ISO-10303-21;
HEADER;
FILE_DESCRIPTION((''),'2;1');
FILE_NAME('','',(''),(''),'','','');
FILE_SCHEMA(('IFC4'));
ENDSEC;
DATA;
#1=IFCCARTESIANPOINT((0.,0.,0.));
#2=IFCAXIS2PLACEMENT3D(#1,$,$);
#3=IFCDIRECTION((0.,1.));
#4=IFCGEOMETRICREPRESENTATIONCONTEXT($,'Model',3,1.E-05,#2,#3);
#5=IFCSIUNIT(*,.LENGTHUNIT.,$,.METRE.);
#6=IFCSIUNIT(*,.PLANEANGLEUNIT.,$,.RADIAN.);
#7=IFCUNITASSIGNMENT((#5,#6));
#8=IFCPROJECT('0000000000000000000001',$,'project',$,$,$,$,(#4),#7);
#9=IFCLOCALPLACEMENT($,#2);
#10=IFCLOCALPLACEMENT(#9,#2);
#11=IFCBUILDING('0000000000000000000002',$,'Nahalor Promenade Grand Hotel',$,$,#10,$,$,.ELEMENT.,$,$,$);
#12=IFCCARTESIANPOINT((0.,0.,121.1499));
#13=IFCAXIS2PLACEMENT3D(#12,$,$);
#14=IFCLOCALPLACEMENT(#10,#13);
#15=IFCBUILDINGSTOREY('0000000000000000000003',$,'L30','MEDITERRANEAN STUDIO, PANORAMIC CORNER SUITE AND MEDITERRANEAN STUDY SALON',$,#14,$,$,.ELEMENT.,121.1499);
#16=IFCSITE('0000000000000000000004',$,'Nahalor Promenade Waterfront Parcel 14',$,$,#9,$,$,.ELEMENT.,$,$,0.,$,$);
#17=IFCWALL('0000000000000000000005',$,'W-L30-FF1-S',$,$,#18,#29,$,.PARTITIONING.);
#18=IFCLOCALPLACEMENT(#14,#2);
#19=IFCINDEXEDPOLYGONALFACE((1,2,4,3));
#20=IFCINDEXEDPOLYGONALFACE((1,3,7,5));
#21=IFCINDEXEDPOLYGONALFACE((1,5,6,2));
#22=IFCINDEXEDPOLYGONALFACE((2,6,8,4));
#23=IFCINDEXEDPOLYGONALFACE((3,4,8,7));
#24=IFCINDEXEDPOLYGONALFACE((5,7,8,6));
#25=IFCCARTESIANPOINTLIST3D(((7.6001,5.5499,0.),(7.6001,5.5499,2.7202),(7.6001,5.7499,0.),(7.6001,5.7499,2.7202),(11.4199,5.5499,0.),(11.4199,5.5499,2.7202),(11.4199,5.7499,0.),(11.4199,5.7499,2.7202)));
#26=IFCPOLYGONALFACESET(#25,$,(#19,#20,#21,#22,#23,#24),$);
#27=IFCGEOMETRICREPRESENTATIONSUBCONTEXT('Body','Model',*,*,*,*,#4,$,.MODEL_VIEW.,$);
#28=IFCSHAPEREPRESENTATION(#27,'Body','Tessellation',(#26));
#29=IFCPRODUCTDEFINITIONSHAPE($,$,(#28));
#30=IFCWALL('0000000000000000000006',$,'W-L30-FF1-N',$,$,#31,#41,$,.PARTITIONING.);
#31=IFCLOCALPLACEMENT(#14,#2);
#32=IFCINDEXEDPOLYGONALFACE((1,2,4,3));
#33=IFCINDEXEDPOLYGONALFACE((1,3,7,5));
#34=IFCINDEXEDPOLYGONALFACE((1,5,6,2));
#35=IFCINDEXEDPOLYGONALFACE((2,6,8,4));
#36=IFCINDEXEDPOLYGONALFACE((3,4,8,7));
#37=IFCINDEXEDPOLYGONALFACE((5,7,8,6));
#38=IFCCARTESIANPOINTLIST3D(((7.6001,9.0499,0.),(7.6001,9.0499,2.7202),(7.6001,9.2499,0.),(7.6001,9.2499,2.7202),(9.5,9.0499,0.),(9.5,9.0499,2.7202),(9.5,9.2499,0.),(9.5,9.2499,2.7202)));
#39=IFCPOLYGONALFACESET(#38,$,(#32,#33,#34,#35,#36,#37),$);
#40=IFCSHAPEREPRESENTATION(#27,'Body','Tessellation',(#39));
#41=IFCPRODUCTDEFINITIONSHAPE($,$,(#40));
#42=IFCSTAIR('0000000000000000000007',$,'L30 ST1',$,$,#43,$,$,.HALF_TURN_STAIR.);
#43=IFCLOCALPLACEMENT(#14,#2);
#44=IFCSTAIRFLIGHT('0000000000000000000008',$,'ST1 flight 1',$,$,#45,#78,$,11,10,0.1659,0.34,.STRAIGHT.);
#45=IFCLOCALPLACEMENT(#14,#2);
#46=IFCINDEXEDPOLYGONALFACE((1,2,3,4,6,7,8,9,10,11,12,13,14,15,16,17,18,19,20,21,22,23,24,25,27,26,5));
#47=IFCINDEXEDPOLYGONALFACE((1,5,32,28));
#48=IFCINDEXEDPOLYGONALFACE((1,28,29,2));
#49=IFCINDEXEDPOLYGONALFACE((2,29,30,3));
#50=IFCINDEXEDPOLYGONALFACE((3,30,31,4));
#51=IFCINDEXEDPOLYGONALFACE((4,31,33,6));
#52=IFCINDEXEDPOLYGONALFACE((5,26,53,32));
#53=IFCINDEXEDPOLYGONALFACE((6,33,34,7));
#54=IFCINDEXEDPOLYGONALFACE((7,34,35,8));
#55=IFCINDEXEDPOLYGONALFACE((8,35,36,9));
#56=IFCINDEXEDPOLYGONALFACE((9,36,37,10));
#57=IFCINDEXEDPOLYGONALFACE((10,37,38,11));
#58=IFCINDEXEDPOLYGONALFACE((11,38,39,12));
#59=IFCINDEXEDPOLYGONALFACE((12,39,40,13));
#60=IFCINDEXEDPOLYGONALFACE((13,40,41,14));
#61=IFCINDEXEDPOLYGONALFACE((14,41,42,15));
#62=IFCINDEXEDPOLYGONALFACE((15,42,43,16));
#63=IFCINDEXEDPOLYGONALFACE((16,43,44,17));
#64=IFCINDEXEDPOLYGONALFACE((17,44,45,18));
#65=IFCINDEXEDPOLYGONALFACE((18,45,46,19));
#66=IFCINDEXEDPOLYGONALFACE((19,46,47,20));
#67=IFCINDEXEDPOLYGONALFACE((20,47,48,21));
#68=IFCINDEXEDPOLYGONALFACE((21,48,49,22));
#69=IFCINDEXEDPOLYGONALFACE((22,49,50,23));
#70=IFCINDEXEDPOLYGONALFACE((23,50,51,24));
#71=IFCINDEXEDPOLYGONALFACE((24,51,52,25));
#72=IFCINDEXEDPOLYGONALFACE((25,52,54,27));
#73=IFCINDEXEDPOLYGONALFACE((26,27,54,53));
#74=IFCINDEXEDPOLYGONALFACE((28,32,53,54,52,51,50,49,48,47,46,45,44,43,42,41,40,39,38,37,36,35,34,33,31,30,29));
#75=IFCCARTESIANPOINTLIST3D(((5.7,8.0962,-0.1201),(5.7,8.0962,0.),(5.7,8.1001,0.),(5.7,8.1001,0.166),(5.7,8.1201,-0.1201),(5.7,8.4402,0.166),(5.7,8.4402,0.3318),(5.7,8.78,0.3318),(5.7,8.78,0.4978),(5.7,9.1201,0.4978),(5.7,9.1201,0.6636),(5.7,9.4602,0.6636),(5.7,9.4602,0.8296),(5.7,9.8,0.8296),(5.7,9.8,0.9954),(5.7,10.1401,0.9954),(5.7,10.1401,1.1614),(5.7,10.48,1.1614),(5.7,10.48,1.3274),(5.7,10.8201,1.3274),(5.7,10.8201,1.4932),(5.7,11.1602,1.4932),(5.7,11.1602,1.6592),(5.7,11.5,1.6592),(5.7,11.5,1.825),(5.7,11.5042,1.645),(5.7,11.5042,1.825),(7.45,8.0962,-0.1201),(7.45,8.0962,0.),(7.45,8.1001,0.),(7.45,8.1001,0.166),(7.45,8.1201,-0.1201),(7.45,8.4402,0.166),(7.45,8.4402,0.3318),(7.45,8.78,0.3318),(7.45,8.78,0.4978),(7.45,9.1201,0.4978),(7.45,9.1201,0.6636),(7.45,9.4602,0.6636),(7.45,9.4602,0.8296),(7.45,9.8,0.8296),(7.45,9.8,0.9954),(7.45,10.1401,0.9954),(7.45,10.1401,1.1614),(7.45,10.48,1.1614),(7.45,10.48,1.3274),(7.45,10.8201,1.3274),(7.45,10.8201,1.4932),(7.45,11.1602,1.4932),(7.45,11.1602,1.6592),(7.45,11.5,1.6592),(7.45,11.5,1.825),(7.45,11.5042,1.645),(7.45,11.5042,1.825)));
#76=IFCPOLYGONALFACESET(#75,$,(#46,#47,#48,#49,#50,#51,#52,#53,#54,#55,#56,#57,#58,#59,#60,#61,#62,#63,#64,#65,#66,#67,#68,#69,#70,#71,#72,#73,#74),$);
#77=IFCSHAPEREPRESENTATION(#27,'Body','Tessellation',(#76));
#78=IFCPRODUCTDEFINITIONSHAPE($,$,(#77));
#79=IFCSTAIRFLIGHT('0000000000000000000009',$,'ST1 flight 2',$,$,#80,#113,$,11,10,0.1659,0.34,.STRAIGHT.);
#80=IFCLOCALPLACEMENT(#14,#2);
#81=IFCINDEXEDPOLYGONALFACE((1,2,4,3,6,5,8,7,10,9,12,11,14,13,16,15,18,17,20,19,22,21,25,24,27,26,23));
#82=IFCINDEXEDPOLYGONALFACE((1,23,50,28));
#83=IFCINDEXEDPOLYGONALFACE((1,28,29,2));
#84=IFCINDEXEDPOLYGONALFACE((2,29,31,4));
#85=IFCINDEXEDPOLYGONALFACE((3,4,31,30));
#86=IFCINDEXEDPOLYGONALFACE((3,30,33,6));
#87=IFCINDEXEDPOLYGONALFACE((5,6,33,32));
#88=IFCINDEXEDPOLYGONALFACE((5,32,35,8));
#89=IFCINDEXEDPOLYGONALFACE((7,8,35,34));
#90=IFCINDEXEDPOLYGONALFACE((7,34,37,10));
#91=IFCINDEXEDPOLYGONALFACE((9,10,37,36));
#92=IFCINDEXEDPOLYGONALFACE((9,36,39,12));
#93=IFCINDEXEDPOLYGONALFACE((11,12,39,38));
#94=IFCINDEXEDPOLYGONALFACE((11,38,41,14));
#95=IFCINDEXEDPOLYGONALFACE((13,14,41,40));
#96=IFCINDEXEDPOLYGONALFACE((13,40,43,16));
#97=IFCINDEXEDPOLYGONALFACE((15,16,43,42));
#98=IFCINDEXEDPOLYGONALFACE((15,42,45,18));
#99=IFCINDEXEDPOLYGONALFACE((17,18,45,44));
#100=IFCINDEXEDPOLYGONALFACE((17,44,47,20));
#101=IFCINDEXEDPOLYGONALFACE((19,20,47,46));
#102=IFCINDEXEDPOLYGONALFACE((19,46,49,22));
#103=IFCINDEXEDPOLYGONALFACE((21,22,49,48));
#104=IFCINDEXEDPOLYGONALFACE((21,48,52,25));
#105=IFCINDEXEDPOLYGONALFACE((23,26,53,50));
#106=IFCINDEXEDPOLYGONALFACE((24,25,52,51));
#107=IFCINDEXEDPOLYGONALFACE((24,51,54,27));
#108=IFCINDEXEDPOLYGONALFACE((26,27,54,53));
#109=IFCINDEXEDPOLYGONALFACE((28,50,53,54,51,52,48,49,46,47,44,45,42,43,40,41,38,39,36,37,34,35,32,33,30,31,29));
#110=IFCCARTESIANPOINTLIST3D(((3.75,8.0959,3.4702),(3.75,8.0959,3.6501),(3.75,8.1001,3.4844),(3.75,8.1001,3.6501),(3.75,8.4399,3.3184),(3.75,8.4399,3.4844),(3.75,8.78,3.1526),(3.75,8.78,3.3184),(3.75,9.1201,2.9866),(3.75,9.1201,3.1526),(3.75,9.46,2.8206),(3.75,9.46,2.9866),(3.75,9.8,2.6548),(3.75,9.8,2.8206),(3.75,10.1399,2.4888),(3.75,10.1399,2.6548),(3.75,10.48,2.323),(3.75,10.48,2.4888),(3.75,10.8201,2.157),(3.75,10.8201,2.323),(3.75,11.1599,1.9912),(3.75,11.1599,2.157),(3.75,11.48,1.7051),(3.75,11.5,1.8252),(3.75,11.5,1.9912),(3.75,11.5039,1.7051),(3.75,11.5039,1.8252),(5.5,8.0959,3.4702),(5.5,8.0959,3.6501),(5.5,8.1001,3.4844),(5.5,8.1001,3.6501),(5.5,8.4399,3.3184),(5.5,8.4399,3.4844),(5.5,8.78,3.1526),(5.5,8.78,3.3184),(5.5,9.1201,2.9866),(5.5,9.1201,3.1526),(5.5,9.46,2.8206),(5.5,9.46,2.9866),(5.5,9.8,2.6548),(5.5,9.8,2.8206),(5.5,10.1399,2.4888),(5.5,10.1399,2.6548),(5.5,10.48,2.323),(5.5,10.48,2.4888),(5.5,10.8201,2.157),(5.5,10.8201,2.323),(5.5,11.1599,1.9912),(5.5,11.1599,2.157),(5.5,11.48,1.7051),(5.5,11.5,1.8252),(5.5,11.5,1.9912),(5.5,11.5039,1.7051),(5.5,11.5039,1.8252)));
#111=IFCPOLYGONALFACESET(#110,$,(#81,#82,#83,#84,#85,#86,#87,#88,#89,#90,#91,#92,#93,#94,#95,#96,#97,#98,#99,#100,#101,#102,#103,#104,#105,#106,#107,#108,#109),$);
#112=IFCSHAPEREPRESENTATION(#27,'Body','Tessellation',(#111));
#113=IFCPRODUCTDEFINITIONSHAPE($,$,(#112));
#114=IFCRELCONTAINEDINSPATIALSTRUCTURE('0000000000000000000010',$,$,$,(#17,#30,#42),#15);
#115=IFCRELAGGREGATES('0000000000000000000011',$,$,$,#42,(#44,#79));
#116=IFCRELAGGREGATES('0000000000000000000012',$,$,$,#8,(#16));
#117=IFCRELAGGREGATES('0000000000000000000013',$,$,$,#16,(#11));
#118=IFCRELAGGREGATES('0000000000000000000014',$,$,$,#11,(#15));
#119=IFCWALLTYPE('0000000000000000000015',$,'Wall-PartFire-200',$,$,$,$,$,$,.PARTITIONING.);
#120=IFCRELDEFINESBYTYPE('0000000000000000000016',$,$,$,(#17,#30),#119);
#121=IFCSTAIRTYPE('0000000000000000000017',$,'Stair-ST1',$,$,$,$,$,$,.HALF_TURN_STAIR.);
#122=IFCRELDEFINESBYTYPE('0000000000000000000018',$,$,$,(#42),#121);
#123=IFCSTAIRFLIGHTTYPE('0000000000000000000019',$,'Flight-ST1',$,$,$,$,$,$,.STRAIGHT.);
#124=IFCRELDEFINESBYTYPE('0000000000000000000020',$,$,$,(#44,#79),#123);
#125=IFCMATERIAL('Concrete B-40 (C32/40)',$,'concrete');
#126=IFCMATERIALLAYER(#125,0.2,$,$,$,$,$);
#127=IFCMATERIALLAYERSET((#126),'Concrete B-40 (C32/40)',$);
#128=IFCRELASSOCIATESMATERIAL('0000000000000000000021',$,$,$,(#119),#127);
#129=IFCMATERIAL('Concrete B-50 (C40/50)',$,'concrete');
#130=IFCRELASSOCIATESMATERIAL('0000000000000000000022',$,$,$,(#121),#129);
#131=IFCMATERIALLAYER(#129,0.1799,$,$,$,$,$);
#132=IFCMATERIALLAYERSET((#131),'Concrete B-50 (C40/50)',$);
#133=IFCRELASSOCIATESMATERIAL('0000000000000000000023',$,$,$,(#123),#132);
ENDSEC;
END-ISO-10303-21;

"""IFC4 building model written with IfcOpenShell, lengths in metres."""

from ifc_helpers import new_model, si_unit, direction, frame, frame_2d, origin, place, context, subcontext, project, spatial, polyline, rectangle, outline, extrude, source, transform, mapped, material, layer, layer_set, type_object, element, aggregate, save


model = new_model("IFC4")

# Units and contexts
model_context = context("Model", 3, precision=1e-05, world=origin(), true_north=direction((0.0, 1.0)))
body_context = subcontext(model_context, "Body", "Model", "MODEL_VIEW")
ifc_project = project(units=[si_unit("LENGTHUNIT", "METRE"), si_unit("PLANEANGLEUNIT", "RADIAN")], contexts=[model_context])

# Site, building, storey
site_placement = place(None, origin())
site = spatial("IfcSite", under=ifc_project, at=site_placement, Name="Nahalor Promenade Waterfront Parcel 14", CompositionType="ELEMENT", RefElevation=0.0)
building_placement = place(site_placement, origin())
building = spatial("IfcBuilding", under=site, at=building_placement, Name="Nahalor Promenade Grand Hotel", CompositionType="ELEMENT")
storey_placement = place(building_placement, frame((0.0, 0.0, 121.1499)))
storey = spatial("IfcBuildingStorey", under=building, at=storey_placement, Name="L30", Description="MEDITERRANEAN STUDIO, PANORAMIC CORNER SUITE AND MEDITERRANEAN STUDY SALON", CompositionType="ELEMENT", Elevation=121.1499)

# Shared definitions
ifc_material_1 = material(Name="Concrete B-50 (C40/50)", Category="concrete")

# Walls
ifc_material_2 = material(Name="Concrete B-40 (C32/40)", Category="concrete")
ifc_layer_1 = layer(ifc_material_2, 0.2)
ifc_layer_set_1 = layer_set([ifc_layer_1], Name="Concrete B-40 (C32/40)")
wall_type_1 = type_object("IfcWallType", Name="Wall-PartFire-200", PredefinedType="PARTITIONING", material=ifc_layer_set_1)
shared_shape_1 = source(origin(), body_context, "Body", "SweptSolid", [
    extrude(rectangle(XDim=3.8198, YDim=0.2, at=frame_2d((1.9099, 0.0))), origin(), (0.0, 0.0, 1.0), 2.7202),
])
wall_1_placement = place(storey_placement, frame((7.6001, 5.6499, 0.0), z_axis=(0.0, 0.0, 1.0), x_axis=(1.0, 0.0, 0.0)))
element("IfcWall", 1, at=wall_1_placement, inside=storey, type_object=wall_type_1, Name="W-L30-FF1-S", PredefinedType="PARTITIONING", context=body_context, shape_type="MappedRepresentation", body=[
    mapped(shared_shape_1, transform((0.0, 0.0, 0.0), scale=1.0)),
])
shared_shape_2 = source(origin(), body_context, "Body", "SweptSolid", [
    extrude(rectangle(XDim=1.8999, YDim=0.2, at=frame_2d((0.95, 0.0))), origin(), (0.0, 0.0, 1.0), 2.7202),
])
wall_2_placement = place(storey_placement, frame((7.6001, 9.1499, 0.0), z_axis=(0.0, 0.0, 1.0), x_axis=(1.0, 0.0, 0.0)))
element("IfcWall", 2, at=wall_2_placement, inside=storey, type_object=wall_type_1, Name="W-L30-FF1-N", PredefinedType="PARTITIONING", context=body_context, shape_type="MappedRepresentation", body=[
    mapped(shared_shape_2, transform((0.0, 0.0, 0.0), scale=1.0)),
])

# Stair, stair flights
stair_type = type_object("IfcStairType", Name="Stair-ST1", PredefinedType="HALF_TURN_STAIR", material=ifc_material_1)
stair_placement = place(storey_placement, origin())
stair = element("IfcStair", 3, at=stair_placement, inside=storey, type_object=stair_type, Name="L30 ST1", PredefinedType="HALF_TURN_STAIR")
ifc_layer_2 = layer(ifc_material_1, 0.1799)
ifc_layer_set_2 = layer_set([ifc_layer_2], Name="Concrete B-50 (C40/50)")
stair_flight_type = type_object("IfcStairFlightType", Name="Flight-ST1", PredefinedType="STRAIGHT", material=ifc_layer_set_2)
shared_shape_3 = source(origin(), body_context, "Body", "SweptSolid", [
    extrude(outline(polyline([(-0.0039, -0.1201), (-0.0039, 0.0), (0.0, 0.0), (0.0, 0.166), (0.3401, 0.166), (0.3401, 0.3318), (0.6799, 0.3318), (0.6799, 0.4978), (1.02, 0.4978), (1.02, 0.6636), (1.3601, 0.6636), (1.3601, 0.8296), (1.7, 0.8296), (1.7, 0.9954), (2.04, 0.9954), (2.04, 1.1614), (2.3799, 1.1614), (2.3799, 1.3274), (2.72, 1.3274), (2.72, 1.4932), (3.0601, 1.4932), (3.0601, 1.6592), (3.3999, 1.6592), (3.3999, 1.825), (3.4041, 1.825), (3.4041, 1.645), (0.02, -0.1201), (-0.0039, -0.1201)])), frame((0.0, 0.875, 0.0), z_axis=(0.0, -1.0, 0.0), x_axis=(1.0, 0.0, 0.0)), (0.0, 0.0, 1.0), 1.75),
])
stair_flight_1_placement = place(storey_placement, frame((6.575, 8.1001, 0.0), z_axis=(0.0, 0.0, 1.0), x_axis=(0.0, 1.0, 0.0)))
stair_flight_1 = element("IfcStairFlight", 4, at=stair_flight_1_placement, type_object=stair_flight_type, Name="ST1 flight 1", NumberOfRisers=11, NumberOfTreads=10, PredefinedType="STRAIGHT", RiserHeight=0.1659, TreadLength=0.34, context=body_context, shape_type="MappedRepresentation", body=[
    mapped(shared_shape_3, transform((0.0, 0.0, 0.0), scale=1.0)),
])
stair_flight_2_placement = place(storey_placement, frame((4.625, 11.5, 1.8252), z_axis=(0.0, 0.0, 1.0), x_axis=(0.0, -1.0, 0.0)))
stair_flight_2 = element("IfcStairFlight", 5, at=stair_flight_2_placement, type_object=stair_flight_type, Name="ST1 flight 2", NumberOfRisers=11, NumberOfTreads=10, PredefinedType="STRAIGHT", RiserHeight=0.1659, TreadLength=0.34, context=body_context, shape_type="MappedRepresentation", body=[
    mapped(shared_shape_3, transform((0.0, 0.0, 0.0), scale=1.0)),
])
aggregate(stair, [stair_flight_1, stair_flight_2])

save(model, "model.ifc")
